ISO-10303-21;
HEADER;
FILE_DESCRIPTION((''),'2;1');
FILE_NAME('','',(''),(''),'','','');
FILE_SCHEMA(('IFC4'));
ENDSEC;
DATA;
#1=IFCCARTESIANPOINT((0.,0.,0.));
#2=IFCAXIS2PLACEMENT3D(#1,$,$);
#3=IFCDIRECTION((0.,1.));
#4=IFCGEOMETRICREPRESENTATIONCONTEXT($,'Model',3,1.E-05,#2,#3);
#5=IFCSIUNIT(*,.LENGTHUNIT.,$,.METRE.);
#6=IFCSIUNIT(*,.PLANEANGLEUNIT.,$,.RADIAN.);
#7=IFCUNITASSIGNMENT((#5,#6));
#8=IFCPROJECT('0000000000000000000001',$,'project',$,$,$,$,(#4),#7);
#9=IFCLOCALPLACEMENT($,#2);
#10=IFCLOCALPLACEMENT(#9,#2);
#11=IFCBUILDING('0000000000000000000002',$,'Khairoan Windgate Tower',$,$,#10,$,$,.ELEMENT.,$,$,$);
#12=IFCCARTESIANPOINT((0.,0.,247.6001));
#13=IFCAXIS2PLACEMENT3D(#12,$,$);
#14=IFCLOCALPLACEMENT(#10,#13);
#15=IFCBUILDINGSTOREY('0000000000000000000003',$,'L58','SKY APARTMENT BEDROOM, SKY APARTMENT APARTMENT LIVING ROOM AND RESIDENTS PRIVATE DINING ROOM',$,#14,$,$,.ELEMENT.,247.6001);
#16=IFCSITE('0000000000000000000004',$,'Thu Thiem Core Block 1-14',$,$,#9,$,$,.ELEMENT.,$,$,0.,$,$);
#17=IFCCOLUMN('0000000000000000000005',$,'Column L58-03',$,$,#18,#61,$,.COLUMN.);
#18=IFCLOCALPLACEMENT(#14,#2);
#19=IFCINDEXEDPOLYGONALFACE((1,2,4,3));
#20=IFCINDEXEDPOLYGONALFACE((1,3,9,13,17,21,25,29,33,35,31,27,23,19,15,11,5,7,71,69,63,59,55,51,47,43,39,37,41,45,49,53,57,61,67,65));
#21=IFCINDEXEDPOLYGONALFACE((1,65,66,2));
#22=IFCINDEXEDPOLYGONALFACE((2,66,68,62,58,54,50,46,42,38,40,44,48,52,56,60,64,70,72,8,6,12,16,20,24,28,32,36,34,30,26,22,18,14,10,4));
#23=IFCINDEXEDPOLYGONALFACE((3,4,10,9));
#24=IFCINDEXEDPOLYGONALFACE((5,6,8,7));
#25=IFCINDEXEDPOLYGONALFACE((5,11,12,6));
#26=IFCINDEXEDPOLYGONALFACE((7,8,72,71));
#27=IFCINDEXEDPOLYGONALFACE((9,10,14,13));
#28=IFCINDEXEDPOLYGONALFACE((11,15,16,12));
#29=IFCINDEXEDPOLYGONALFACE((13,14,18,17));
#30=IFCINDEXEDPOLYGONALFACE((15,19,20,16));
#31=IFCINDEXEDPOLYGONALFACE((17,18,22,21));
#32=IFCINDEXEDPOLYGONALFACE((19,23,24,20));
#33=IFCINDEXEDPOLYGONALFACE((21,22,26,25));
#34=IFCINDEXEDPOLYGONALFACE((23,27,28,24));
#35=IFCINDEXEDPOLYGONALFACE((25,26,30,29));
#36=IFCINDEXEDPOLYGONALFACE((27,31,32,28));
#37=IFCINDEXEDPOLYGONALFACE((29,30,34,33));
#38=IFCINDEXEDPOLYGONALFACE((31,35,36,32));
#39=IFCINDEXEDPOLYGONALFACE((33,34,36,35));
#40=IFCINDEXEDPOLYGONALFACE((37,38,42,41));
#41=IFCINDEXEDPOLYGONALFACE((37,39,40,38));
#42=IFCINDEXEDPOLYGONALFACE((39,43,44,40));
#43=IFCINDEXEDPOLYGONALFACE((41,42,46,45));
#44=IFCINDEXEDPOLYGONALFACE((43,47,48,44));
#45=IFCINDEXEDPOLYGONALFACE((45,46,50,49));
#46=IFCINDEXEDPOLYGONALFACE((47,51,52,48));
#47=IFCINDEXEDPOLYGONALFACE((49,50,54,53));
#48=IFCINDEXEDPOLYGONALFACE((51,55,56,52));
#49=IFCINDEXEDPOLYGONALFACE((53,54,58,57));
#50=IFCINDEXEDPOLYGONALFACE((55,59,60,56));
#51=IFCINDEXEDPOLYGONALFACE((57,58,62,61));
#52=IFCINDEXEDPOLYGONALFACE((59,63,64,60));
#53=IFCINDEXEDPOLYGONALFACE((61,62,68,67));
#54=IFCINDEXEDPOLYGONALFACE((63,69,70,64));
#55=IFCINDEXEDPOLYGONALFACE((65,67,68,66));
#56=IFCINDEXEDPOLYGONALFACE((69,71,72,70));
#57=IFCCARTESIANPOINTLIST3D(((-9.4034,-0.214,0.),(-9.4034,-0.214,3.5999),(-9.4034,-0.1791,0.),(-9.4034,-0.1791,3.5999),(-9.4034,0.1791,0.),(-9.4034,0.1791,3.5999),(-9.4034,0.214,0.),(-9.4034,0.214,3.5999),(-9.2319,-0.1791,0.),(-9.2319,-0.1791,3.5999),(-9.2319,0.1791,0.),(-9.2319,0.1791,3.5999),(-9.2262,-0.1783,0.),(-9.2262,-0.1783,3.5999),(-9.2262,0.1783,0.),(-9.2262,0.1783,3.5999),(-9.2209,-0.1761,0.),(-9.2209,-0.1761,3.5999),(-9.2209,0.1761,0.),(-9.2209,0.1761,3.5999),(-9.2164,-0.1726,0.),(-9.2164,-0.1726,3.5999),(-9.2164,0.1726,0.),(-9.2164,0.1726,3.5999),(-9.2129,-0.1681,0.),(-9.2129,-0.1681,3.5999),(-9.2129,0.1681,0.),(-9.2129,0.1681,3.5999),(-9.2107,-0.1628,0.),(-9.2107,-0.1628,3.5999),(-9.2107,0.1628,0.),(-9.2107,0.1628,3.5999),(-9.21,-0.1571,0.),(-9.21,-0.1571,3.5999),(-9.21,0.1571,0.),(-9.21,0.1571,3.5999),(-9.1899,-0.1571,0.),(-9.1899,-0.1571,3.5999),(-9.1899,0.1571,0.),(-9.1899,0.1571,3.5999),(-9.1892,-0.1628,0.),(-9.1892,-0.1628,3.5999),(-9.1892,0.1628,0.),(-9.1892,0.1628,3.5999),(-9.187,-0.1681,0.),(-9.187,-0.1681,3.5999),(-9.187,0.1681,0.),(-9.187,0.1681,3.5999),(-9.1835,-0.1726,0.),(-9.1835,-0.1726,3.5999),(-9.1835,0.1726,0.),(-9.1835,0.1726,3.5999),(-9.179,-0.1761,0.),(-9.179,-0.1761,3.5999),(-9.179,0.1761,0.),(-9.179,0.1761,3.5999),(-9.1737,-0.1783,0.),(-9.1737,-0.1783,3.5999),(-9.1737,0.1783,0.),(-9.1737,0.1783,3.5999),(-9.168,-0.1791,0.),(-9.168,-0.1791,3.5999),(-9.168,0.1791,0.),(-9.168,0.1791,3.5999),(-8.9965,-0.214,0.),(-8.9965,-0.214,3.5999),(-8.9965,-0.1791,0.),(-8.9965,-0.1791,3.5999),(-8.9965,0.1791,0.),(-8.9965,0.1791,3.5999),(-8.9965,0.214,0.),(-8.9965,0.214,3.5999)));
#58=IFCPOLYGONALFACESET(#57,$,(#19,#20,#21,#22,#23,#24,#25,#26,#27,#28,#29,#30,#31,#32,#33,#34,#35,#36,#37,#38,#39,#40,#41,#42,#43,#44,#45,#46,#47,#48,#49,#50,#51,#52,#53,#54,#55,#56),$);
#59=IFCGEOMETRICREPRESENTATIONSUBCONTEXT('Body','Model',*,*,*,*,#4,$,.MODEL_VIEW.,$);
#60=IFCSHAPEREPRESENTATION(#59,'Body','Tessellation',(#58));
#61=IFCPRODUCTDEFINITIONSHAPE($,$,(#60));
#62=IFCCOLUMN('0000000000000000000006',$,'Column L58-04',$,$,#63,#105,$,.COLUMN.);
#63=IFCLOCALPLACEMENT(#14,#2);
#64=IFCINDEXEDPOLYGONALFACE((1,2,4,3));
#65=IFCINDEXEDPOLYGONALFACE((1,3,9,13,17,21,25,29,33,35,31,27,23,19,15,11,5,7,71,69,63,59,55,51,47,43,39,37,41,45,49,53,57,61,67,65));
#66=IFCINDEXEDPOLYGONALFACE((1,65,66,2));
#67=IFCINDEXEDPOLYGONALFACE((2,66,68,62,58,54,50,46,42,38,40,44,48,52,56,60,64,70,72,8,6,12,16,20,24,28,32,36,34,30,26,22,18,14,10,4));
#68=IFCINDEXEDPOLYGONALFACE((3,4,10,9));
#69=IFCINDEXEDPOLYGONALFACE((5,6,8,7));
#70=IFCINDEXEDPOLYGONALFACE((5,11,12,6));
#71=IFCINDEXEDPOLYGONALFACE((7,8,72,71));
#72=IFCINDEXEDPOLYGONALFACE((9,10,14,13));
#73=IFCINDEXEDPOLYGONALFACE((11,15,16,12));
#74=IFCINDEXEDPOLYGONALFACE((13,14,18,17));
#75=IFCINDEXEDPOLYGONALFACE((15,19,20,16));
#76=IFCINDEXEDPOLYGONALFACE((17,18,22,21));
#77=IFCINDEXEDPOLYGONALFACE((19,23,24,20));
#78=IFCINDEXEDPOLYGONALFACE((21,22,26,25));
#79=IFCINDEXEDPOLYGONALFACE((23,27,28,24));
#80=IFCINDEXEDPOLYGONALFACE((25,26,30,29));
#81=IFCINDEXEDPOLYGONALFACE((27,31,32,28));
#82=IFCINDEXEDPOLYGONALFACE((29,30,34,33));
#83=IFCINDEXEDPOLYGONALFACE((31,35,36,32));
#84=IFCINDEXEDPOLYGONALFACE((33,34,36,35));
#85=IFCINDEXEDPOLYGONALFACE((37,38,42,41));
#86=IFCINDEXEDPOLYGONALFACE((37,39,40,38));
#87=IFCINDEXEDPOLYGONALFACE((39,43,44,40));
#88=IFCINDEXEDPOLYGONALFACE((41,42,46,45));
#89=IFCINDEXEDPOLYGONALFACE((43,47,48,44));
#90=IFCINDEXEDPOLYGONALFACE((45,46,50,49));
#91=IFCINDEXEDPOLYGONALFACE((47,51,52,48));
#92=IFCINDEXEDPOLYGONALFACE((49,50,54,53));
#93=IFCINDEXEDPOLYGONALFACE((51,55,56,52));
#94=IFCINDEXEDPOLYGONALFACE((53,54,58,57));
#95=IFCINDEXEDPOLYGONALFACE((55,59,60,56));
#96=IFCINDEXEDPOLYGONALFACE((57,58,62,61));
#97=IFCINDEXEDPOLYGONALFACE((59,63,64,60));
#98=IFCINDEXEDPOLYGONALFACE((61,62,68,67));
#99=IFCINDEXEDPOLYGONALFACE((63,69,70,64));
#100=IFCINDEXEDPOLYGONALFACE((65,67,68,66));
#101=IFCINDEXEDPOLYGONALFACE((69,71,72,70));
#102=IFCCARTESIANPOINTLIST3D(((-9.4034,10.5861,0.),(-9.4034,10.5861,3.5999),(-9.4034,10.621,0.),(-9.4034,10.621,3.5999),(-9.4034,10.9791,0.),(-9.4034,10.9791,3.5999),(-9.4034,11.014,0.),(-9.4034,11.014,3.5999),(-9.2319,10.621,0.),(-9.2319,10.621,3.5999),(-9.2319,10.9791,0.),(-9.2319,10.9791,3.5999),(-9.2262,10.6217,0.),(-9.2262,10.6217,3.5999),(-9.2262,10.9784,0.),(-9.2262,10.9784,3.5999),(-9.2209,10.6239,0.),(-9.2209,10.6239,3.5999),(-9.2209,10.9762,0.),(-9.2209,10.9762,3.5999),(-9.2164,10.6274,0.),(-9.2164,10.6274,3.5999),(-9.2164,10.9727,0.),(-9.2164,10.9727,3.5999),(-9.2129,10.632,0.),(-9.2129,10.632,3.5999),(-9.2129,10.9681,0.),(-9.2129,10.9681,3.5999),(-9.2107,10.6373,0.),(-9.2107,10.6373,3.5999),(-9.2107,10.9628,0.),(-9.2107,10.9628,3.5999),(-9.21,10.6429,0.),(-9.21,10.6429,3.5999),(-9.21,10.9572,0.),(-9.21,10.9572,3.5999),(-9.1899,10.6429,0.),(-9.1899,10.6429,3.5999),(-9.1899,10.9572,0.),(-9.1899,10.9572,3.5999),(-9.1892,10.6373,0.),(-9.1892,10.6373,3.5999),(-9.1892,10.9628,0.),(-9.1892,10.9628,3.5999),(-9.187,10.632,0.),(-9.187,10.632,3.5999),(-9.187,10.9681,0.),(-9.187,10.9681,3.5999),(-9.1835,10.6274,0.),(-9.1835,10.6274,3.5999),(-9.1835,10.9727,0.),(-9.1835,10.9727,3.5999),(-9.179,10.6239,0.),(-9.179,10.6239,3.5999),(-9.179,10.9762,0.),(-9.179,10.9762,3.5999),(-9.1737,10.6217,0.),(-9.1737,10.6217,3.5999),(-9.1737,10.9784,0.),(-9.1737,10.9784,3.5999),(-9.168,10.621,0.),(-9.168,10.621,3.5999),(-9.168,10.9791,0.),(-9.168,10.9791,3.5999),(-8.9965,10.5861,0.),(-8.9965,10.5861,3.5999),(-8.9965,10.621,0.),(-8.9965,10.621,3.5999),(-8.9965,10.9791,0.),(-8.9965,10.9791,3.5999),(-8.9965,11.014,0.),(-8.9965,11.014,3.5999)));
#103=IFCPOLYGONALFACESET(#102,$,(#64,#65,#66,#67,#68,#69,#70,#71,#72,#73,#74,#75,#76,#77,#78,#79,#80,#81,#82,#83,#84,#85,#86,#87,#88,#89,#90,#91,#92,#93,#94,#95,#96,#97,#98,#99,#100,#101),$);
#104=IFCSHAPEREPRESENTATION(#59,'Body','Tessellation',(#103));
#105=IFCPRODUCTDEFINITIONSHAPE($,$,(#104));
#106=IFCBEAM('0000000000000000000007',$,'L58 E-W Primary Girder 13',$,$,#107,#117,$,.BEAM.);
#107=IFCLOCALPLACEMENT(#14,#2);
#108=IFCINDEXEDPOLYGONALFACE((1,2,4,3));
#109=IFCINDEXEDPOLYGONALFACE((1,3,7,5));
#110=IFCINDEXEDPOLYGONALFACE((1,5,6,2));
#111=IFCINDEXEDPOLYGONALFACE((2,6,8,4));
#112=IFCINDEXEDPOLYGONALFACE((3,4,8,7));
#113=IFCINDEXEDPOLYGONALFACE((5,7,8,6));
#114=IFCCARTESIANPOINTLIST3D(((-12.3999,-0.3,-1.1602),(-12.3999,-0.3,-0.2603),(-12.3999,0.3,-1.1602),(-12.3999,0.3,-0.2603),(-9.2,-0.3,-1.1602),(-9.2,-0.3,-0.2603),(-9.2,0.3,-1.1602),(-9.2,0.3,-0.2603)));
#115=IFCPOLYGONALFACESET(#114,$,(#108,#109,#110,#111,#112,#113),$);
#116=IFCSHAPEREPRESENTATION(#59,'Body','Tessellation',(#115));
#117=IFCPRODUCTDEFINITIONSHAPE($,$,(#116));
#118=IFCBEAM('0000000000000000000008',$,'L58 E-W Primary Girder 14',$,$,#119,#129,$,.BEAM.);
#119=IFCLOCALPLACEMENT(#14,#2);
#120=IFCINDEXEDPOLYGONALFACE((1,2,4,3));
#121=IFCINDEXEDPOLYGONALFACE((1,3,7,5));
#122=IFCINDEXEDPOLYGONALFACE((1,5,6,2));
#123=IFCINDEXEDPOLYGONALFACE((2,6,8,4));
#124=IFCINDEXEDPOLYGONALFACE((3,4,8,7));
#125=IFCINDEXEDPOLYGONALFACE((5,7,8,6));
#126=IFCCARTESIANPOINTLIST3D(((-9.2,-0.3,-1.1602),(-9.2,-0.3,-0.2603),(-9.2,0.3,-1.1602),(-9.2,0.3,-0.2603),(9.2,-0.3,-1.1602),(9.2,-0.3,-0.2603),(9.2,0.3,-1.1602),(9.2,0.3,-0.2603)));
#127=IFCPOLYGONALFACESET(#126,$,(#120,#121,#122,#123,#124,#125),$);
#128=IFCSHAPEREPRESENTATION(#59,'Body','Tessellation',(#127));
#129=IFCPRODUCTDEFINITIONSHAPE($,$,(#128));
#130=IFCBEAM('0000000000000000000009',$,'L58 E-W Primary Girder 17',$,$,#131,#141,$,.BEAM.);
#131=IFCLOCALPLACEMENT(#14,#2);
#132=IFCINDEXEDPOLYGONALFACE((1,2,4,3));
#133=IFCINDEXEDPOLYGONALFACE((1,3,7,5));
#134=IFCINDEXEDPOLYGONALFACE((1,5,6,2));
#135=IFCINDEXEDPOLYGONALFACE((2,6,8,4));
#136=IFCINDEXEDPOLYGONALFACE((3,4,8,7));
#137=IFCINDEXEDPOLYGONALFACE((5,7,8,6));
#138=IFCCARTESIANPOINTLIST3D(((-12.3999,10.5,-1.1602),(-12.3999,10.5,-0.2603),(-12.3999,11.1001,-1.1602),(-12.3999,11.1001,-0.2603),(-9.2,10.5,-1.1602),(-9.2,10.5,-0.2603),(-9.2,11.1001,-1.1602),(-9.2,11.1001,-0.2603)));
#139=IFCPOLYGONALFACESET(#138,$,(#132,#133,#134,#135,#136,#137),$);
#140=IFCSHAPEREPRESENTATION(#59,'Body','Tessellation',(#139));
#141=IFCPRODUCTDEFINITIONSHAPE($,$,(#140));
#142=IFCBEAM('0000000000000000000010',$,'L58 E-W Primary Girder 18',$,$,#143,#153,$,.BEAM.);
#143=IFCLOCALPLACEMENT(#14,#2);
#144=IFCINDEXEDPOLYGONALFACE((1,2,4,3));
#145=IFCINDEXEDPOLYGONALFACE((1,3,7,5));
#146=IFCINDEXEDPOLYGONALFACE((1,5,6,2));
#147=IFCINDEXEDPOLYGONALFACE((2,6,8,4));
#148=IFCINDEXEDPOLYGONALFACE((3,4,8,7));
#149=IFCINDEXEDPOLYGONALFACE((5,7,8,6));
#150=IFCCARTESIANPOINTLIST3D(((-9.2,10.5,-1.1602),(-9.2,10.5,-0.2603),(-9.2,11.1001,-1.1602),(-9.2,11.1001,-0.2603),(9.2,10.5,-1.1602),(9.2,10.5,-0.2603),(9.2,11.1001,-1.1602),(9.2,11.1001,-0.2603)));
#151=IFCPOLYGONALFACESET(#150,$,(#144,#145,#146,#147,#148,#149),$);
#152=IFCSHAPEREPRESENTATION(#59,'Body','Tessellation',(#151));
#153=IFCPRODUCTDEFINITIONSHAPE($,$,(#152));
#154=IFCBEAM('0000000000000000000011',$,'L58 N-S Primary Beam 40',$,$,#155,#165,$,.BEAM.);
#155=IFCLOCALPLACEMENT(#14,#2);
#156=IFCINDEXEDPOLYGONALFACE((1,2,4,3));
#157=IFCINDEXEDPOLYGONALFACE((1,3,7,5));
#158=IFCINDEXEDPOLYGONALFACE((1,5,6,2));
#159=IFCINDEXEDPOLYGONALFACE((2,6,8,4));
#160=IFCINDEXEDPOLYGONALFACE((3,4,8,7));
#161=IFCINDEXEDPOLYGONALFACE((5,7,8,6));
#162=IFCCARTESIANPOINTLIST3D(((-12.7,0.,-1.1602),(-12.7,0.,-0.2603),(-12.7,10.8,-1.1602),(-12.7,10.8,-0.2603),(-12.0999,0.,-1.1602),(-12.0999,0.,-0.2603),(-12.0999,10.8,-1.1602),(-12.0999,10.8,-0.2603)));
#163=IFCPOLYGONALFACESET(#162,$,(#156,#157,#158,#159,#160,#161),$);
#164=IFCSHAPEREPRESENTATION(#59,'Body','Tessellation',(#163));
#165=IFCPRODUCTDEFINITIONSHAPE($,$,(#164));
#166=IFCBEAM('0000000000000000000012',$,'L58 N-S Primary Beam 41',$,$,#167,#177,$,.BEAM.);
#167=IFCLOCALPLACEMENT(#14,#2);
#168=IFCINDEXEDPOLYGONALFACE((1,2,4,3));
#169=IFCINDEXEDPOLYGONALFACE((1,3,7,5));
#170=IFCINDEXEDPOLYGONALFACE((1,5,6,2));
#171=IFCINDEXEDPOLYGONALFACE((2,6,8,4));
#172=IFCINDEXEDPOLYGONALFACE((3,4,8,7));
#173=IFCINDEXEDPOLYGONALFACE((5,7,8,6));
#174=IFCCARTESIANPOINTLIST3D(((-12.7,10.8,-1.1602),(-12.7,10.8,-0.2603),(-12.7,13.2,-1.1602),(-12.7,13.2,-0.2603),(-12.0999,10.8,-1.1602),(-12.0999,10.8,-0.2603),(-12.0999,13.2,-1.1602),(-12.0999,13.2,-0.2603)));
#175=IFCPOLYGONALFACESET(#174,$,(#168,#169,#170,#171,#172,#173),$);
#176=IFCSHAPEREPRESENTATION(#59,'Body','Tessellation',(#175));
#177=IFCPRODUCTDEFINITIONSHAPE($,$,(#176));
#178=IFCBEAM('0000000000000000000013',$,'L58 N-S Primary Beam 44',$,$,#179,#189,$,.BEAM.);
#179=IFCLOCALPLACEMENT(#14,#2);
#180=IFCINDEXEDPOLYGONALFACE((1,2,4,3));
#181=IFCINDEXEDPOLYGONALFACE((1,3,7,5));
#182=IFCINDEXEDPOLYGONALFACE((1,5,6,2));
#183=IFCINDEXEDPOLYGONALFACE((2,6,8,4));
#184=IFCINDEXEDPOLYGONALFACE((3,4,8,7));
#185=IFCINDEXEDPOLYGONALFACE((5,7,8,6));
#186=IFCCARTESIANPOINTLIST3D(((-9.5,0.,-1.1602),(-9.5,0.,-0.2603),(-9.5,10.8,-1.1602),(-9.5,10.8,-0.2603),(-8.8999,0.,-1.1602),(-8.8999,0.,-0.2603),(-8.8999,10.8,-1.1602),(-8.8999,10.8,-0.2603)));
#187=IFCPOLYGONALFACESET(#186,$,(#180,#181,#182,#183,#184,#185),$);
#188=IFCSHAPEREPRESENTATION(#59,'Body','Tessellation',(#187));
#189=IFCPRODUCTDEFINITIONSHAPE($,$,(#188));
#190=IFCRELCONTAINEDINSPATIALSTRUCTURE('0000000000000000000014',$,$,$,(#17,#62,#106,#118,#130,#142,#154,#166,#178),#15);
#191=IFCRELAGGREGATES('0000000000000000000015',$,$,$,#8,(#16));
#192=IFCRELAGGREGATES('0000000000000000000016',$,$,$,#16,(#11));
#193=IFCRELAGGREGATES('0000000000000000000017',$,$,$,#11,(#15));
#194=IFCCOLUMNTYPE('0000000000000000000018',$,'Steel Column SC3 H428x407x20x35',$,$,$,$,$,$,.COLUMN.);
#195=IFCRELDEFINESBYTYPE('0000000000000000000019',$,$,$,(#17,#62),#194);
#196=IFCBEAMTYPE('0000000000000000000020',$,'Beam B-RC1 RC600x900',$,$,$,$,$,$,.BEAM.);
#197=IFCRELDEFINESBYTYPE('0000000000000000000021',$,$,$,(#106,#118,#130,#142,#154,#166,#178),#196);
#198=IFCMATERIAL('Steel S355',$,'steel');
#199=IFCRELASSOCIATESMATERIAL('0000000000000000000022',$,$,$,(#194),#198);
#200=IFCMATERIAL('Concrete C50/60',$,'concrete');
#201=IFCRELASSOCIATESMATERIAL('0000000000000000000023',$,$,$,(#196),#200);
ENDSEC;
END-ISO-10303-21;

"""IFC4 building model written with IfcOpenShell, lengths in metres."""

from ifc_helpers import new_model, si_unit, direction, frame, origin, origin_2d, place, context, subcontext, project, spatial, rectangle, i_section, extrude, material, material_profile, profile_set, type_object, element, save


model = new_model("IFC4")

# Units and contexts
model_context = context("Model", 3, precision=1e-05, world=origin(), true_north=direction((0.0, 1.0)))
body_context = subcontext(model_context, "Body", "Model", "MODEL_VIEW")
ifc_project = project(units=[si_unit("LENGTHUNIT", "METRE"), si_unit("PLANEANGLEUNIT", "RADIAN")], contexts=[model_context])

# Site, building, storey
site_placement = place(None, origin())
site = spatial("IfcSite", under=ifc_project, at=site_placement, Name="Thu Thiem Core Block 1-14", CompositionType="ELEMENT", RefElevation=0.0)
building_placement = place(site_placement, origin())
building = spatial("IfcBuilding", under=site, at=building_placement, Name="Khairoan Windgate Tower", CompositionType="ELEMENT")
storey_placement = place(building_placement, frame((0.0, 0.0, 247.6001)))
storey = spatial("IfcBuildingStorey", under=building, at=storey_placement, Name="L58", Description="SKY APARTMENT BEDROOM, SKY APARTMENT APARTMENT LIVING ROOM AND RESIDENTS PRIVATE DINING ROOM", CompositionType="ELEMENT", Elevation=247.6001)

# Columns
ifc_material_1 = material(Name="Steel S355", Category="steel")
ifc_material_profile_1 = material_profile(ifc_material_1, i_section(OverallWidth=0.407, OverallDepth=0.428, WebThickness=0.02, FlangeThickness=0.0349, FilletRadius=0.022, at=origin_2d()))
ifc_profile_set_1 = profile_set([ifc_material_profile_1], Name="Steel S355")
column_type = type_object("IfcColumnType", Name="Steel Column SC3 H428x407x20x35", PredefinedType="COLUMN", material=ifc_profile_set_1)
for number, where, z_axis, x_axis, name in (
    (1, (-9.2, 0.0, 0.0), (0.0, 0.0, 1.0), (1.0, 0.0, 0.0), "Column L58-03"),
    (2, (-9.2, 10.8, 0.0), (0.0, 0.0, 1.0), (1.0, 0.0, 0.0), "Column L58-04"),
):
    element("IfcColumn", number, at=place(storey_placement, frame(where, z_axis=z_axis, x_axis=x_axis)), inside=storey, type_object=column_type, Name=name, PredefinedType="COLUMN", context=body_context, shape_type="SweptSolid", body=[
        extrude(i_section(OverallWidth=0.407, OverallDepth=0.428, WebThickness=0.02, FlangeThickness=0.0349, FilletRadius=0.022, at=origin_2d()), origin(), (0.0, 0.0, 1.0), 3.5999),
    ])

# Beams
ifc_material_2 = material(Name="Concrete C50/60", Category="concrete")
ifc_material_profile_2 = material_profile(ifc_material_2, rectangle(XDim=0.6001, YDim=0.8999, at=origin_2d()))
ifc_profile_set_2 = profile_set([ifc_material_profile_2], Name="Concrete C50/60")
beam_type = type_object("IfcBeamType", Name="Beam B-RC1 RC600x900", PredefinedType="BEAM", material=ifc_profile_set_2)
beam_1_placement = place(storey_placement, frame((-12.3999, 0.0, -0.7102), z_axis=(1.0, 0.0, 0.0), x_axis=(0.0, 1.0, 0.0)))
element("IfcBeam", 3, at=beam_1_placement, inside=storey, type_object=beam_type, Name="L58 E-W Primary Girder 13", PredefinedType="BEAM", context=body_context, shape_type="SweptSolid", body=[
    extrude(rectangle(XDim=0.6001, YDim=0.8999, at=origin_2d()), origin(), (0.0, 0.0, 1.0), 3.2),
])
beam_2_placement = place(storey_placement, frame((-9.2, 0.0, -0.7102), z_axis=(1.0, 0.0, 0.0), x_axis=(0.0, 1.0, 0.0)))
element("IfcBeam", 4, at=beam_2_placement, inside=storey, type_object=beam_type, Name="L58 E-W Primary Girder 14", PredefinedType="BEAM", context=body_context, shape_type="SweptSolid", body=[
    extrude(rectangle(XDim=0.6001, YDim=0.8999, at=origin_2d()), origin(), (0.0, 0.0, 1.0), 18.3999),
])
beam_3_placement = place(storey_placement, frame((-12.3999, 10.8, -0.7102), z_axis=(1.0, 0.0, 0.0), x_axis=(0.0, 1.0, 0.0)))
element("IfcBeam", 5, at=beam_3_placement, inside=storey, type_object=beam_type, Name="L58 E-W Primary Girder 17", PredefinedType="BEAM", context=body_context, shape_type="SweptSolid", body=[
    extrude(rectangle(XDim=0.6001, YDim=0.8999, at=origin_2d()), origin(), (0.0, 0.0, 1.0), 3.2),
])
beam_4_placement = place(storey_placement, frame((-9.2, 10.8, -0.7102), z_axis=(1.0, 0.0, 0.0), x_axis=(0.0, 1.0, 0.0)))
element("IfcBeam", 6, at=beam_4_placement, inside=storey, type_object=beam_type, Name="L58 E-W Primary Girder 18", PredefinedType="BEAM", context=body_context, shape_type="SweptSolid", body=[
    extrude(rectangle(XDim=0.6001, YDim=0.8999, at=origin_2d()), origin(), (0.0, 0.0, 1.0), 18.3999),
])
beam_5_placement = place(storey_placement, frame((-12.3999, 0.0, -0.7102), z_axis=(0.0, 1.0, 0.0), x_axis=(-1.0, 0.0, 0.0)))
element("IfcBeam", 7, at=beam_5_placement, inside=storey, type_object=beam_type, Name="L58 N-S Primary Beam 40", PredefinedType="BEAM", context=body_context, shape_type="SweptSolid", body=[
    extrude(rectangle(XDim=0.6001, YDim=0.8999, at=origin_2d()), origin(), (0.0, 0.0, 1.0), 10.8),
])
beam_6_placement = place(storey_placement, frame((-12.3999, 10.8, -0.7102), z_axis=(0.0, 1.0, 0.0), x_axis=(-1.0, 0.0, 0.0)))
element("IfcBeam", 8, at=beam_6_placement, inside=storey, type_object=beam_type, Name="L58 N-S Primary Beam 41", PredefinedType="BEAM", context=body_context, shape_type="SweptSolid", body=[
    extrude(rectangle(XDim=0.6001, YDim=0.8999, at=origin_2d()), origin(), (0.0, 0.0, 1.0), 2.3999),
])
beam_7_placement = place(storey_placement, frame((-9.2, 0.0, -0.7102), z_axis=(0.0, 1.0, 0.0), x_axis=(-1.0, 0.0, 0.0)))
element("IfcBeam", 9, at=beam_7_placement, inside=storey, type_object=beam_type, Name="L58 N-S Primary Beam 44", PredefinedType="BEAM", context=body_context, shape_type="SweptSolid", body=[
    extrude(rectangle(XDim=0.6001, YDim=0.8999, at=origin_2d()), origin(), (0.0, 0.0, 1.0), 10.8),
])

save(model, "model.ifc")
